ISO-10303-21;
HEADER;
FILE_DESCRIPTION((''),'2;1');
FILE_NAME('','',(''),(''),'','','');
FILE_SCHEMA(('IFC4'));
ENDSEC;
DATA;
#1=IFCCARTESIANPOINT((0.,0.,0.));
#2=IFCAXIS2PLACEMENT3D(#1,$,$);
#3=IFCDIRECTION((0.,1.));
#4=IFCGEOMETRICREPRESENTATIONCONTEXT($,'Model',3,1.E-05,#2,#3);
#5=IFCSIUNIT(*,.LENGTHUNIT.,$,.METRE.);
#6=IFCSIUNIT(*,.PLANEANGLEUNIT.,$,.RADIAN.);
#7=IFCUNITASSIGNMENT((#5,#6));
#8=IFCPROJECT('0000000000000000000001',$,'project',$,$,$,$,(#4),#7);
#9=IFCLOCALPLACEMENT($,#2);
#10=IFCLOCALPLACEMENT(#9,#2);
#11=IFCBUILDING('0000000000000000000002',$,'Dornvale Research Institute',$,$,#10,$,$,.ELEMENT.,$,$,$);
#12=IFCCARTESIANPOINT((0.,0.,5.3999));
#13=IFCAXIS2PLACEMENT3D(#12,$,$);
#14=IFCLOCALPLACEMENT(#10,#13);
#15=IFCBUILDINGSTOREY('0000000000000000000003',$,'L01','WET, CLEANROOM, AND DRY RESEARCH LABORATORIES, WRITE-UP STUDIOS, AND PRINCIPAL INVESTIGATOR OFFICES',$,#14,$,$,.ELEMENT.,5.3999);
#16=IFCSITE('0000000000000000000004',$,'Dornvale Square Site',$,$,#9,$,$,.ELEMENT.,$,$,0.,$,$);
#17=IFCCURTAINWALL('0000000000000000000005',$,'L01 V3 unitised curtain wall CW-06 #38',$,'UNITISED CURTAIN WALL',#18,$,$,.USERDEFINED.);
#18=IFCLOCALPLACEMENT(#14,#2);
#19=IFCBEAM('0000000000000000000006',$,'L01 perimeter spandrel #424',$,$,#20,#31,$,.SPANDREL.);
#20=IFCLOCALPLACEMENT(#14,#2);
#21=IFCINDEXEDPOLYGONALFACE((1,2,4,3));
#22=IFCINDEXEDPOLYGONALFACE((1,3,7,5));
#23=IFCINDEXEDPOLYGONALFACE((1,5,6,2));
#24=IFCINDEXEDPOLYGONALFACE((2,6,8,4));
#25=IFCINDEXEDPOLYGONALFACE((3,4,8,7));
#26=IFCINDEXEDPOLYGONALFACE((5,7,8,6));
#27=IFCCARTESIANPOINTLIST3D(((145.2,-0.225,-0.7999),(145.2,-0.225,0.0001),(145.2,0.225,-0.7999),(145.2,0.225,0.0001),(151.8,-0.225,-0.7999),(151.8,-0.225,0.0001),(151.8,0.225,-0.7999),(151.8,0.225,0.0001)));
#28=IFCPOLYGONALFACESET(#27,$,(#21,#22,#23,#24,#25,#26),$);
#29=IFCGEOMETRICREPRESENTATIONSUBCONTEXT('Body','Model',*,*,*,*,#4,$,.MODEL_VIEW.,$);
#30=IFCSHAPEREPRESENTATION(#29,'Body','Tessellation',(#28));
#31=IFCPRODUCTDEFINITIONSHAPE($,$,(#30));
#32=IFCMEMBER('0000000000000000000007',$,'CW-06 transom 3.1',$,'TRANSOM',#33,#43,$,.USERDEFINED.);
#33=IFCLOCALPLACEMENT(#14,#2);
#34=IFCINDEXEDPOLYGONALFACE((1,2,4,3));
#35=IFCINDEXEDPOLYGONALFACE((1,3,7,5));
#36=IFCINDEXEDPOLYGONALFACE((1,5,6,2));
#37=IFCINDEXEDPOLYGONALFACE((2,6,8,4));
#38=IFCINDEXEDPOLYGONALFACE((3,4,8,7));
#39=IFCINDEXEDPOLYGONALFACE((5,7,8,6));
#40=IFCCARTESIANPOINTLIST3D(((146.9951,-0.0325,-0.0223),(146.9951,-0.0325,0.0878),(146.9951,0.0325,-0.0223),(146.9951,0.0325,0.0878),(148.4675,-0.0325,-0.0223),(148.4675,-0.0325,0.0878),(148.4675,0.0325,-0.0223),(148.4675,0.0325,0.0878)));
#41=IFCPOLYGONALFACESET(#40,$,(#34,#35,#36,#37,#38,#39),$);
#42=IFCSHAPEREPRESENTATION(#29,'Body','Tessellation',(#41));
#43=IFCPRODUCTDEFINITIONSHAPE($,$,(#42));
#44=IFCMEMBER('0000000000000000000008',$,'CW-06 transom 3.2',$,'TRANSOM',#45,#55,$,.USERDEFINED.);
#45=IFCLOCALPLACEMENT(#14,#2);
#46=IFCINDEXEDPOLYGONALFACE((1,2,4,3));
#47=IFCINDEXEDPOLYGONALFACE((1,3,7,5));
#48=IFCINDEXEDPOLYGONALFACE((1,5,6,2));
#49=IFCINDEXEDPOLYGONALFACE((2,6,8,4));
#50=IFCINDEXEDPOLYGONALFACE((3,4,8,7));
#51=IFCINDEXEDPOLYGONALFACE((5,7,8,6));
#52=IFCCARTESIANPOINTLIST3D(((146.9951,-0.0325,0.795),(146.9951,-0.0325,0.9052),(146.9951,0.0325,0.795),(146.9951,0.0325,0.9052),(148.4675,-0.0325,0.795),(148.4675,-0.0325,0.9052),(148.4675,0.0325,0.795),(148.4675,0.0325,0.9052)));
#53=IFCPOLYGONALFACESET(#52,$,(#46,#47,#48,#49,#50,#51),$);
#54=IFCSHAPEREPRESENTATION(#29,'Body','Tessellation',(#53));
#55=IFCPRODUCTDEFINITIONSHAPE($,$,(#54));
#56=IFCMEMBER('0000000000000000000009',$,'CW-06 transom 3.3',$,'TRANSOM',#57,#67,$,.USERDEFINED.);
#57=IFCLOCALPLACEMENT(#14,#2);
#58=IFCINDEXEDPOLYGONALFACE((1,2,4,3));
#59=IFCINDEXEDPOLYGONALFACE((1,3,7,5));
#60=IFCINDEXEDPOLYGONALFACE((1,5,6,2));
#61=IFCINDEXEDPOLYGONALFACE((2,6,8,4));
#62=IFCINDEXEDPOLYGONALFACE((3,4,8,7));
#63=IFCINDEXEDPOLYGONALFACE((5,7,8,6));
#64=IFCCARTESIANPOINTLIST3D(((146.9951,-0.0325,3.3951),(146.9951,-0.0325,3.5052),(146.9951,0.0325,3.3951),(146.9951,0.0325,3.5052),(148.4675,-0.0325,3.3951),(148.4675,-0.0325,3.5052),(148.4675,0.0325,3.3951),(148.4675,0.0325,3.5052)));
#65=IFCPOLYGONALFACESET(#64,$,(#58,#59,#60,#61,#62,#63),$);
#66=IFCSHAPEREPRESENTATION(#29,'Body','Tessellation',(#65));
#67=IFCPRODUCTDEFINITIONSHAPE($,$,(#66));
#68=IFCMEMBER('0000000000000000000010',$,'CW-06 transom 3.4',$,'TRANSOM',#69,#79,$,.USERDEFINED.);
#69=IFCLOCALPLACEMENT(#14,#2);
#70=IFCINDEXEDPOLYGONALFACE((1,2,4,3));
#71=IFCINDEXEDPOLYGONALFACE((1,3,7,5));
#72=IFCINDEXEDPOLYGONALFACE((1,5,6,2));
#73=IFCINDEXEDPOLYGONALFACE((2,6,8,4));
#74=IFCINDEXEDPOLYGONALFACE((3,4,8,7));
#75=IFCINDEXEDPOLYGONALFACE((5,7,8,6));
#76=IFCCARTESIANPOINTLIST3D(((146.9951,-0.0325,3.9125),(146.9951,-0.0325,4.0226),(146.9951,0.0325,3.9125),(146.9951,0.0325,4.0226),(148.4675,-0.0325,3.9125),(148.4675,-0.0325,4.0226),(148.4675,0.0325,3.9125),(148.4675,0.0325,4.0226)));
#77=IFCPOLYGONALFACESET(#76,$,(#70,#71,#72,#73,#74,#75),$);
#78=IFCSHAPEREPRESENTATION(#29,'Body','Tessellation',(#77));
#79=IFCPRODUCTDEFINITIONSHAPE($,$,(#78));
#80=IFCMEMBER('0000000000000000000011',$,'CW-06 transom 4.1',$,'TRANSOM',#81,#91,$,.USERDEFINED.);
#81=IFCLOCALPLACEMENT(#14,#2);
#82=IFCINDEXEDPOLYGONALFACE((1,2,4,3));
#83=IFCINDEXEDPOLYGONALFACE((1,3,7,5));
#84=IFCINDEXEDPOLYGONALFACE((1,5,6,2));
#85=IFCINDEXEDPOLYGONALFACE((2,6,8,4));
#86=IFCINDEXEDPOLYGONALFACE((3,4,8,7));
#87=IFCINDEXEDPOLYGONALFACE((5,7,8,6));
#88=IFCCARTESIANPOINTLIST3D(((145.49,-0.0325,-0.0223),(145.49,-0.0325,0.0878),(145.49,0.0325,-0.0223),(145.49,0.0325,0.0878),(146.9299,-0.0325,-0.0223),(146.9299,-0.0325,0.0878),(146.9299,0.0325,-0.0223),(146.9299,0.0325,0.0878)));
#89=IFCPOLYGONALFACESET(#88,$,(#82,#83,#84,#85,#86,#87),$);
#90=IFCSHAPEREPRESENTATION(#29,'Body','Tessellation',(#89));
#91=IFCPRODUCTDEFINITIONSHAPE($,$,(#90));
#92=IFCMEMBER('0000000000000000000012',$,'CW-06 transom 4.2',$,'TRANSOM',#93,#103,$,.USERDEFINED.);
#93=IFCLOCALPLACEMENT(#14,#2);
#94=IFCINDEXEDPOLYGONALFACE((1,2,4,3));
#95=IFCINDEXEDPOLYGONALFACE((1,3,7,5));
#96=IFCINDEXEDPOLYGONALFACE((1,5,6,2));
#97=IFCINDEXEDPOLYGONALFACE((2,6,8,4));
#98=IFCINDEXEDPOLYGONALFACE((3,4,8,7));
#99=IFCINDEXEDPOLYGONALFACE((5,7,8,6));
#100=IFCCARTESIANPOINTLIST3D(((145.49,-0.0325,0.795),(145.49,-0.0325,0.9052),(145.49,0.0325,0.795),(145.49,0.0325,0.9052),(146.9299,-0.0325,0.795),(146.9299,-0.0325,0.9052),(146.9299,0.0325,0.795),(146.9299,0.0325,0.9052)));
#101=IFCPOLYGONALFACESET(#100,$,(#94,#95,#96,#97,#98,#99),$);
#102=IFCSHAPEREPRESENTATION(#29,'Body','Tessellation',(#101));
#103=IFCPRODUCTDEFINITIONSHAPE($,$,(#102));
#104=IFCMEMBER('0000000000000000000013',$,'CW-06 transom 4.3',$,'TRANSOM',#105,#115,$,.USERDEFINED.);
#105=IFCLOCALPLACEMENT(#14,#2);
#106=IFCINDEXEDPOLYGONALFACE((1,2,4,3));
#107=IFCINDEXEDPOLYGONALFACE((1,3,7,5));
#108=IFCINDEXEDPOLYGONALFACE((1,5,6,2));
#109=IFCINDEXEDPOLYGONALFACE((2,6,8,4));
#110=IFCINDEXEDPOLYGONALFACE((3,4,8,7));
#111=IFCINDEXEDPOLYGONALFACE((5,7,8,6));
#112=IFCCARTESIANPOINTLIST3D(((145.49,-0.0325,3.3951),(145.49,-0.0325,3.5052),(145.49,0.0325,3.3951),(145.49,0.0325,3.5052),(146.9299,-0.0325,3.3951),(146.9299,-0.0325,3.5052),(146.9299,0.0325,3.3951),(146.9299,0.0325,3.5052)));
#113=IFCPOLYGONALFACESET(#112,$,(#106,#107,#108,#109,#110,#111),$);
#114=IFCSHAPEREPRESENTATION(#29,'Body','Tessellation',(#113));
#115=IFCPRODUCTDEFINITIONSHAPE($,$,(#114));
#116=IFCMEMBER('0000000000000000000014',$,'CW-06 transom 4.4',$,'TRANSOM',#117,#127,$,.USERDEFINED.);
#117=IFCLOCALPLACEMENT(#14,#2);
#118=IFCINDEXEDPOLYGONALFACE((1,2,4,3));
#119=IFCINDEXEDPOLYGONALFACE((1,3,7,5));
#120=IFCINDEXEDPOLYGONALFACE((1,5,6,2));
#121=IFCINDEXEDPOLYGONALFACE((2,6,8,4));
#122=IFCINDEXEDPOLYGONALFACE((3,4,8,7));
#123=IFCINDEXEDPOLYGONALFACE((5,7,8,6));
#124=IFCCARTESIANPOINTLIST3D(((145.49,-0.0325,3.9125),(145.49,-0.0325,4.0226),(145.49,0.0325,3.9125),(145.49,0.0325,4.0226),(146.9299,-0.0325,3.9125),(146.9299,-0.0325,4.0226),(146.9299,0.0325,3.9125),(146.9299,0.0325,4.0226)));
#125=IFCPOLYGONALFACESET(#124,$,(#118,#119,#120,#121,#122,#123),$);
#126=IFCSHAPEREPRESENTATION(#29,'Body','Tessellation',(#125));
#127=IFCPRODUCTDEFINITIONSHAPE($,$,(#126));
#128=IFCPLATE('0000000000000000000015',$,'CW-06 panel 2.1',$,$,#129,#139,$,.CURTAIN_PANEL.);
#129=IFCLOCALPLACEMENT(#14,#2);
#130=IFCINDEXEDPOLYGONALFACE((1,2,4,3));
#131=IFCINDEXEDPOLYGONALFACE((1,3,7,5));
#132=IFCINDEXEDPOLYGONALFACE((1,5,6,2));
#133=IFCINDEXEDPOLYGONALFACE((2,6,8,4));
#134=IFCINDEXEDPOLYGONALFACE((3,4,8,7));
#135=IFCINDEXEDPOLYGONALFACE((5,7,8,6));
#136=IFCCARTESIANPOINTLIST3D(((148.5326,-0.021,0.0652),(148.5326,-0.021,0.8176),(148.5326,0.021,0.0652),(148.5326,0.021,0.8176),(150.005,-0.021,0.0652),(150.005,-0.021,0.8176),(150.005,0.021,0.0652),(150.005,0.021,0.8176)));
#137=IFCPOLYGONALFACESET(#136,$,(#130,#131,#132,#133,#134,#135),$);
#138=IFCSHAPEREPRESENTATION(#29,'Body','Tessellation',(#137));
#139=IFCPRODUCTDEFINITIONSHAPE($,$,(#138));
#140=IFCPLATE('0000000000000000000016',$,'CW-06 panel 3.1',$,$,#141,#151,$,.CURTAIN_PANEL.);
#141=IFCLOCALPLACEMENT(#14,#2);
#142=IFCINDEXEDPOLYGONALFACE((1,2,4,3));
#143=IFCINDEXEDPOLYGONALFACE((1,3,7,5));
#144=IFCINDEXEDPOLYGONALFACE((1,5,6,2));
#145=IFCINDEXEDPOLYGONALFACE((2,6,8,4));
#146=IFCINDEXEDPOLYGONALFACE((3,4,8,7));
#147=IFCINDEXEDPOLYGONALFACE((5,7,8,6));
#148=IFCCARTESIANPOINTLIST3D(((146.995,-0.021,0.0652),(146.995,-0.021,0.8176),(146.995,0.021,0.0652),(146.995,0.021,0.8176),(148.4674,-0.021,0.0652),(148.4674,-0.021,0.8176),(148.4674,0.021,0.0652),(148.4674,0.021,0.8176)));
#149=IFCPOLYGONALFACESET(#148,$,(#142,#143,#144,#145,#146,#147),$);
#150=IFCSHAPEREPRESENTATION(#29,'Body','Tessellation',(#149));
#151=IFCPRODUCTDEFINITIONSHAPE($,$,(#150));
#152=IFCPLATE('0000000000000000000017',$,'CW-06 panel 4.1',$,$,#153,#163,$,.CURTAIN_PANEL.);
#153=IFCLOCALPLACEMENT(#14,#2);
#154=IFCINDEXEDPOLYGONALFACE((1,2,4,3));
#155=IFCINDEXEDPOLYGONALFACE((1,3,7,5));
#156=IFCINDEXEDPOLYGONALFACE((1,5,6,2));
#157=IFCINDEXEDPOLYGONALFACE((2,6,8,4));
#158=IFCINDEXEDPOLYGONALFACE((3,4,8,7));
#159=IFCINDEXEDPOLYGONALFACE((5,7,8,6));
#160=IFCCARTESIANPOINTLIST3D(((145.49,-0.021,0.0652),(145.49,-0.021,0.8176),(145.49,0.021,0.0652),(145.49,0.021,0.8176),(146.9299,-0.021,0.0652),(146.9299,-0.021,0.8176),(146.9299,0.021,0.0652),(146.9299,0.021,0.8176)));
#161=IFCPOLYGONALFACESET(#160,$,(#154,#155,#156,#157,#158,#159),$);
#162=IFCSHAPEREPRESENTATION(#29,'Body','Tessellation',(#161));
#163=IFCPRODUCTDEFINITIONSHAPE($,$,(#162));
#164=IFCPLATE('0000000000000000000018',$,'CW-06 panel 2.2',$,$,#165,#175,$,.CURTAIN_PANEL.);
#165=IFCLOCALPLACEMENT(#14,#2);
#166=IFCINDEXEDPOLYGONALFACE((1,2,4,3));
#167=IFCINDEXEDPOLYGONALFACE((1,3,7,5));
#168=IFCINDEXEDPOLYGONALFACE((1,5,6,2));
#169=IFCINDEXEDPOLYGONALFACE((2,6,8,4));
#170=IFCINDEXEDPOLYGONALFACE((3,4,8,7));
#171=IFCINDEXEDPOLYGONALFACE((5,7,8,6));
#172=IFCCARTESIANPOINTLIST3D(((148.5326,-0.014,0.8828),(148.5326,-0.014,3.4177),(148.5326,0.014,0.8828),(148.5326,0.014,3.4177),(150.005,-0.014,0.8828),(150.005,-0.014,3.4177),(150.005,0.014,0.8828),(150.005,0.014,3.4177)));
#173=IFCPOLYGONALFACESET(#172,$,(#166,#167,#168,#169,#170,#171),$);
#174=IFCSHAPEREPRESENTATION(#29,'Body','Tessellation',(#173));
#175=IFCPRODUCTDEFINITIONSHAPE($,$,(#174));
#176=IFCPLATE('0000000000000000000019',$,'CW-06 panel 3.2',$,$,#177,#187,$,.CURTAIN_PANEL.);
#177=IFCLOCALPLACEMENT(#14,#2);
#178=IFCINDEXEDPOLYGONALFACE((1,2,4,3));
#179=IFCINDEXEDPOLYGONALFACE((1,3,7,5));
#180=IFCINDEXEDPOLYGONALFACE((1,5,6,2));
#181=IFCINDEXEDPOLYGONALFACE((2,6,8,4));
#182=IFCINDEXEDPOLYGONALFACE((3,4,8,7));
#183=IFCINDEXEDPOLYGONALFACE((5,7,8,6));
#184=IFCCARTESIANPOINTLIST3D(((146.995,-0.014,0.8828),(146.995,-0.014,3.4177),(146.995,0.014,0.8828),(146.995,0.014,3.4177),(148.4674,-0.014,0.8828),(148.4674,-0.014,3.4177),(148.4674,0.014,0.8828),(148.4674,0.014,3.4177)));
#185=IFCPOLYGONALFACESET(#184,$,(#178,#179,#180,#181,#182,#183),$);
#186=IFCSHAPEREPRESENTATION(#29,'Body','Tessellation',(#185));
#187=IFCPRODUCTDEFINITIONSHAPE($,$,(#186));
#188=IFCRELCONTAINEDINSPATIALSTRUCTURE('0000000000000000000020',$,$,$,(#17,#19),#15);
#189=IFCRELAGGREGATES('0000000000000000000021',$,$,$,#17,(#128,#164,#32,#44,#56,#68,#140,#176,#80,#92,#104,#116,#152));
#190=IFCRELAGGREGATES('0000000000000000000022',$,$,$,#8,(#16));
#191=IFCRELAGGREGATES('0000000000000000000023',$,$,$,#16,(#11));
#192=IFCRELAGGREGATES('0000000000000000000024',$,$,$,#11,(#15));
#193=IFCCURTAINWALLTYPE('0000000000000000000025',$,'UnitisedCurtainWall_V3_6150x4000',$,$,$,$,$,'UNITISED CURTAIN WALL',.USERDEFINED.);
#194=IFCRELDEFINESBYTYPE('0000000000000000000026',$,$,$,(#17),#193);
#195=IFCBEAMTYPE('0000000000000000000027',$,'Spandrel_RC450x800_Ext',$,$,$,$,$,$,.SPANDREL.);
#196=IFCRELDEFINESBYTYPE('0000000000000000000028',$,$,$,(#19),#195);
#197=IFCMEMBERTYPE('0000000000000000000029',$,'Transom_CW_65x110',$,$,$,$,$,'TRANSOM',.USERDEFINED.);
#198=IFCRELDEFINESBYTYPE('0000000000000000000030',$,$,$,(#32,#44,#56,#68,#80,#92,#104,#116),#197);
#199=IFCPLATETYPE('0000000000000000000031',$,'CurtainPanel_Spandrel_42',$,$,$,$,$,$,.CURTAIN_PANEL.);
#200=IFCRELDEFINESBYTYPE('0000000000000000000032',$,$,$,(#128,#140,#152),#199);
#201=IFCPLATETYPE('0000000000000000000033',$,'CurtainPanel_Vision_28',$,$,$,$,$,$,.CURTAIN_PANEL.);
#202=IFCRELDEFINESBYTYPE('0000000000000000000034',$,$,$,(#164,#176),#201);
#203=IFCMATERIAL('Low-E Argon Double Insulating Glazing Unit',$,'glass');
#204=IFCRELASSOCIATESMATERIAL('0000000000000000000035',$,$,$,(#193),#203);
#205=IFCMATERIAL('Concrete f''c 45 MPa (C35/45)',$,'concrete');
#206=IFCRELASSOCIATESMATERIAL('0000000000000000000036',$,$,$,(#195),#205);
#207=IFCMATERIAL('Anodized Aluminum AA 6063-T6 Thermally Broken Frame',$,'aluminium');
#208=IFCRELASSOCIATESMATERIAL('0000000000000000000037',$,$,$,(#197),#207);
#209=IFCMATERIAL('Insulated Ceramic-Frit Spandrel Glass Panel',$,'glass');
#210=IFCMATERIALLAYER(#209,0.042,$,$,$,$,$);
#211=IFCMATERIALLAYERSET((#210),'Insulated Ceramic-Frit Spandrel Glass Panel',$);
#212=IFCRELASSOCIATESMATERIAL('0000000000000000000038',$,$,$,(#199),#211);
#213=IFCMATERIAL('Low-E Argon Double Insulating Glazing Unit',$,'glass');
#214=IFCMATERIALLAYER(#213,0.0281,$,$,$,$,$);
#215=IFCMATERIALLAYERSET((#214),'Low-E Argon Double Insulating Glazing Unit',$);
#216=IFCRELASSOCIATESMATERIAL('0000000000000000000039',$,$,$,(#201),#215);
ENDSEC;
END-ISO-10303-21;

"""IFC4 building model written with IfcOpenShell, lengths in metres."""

from ifc_helpers import new_model, si_unit, direction, frame, origin, origin_2d, place, context, subcontext, project, spatial, rectangle, extrude, material, layer, layer_set, material_profile, profile_set, type_object, element, aggregate, save


model = new_model("IFC4")

# Units and contexts
model_context = context("Model", 3, precision=1e-05, world=origin(), true_north=direction((0.0, 1.0)))
body_context = subcontext(model_context, "Body", "Model", "MODEL_VIEW")
ifc_project = project(units=[si_unit("LENGTHUNIT", "METRE"), si_unit("PLANEANGLEUNIT", "RADIAN")], contexts=[model_context])

# Site, building, storey
site_placement = place(None, origin())
site = spatial("IfcSite", under=ifc_project, at=site_placement, Name="Dornvale Square Site", CompositionType="ELEMENT", RefElevation=0.0)
building_placement = place(site_placement, origin())
building = spatial("IfcBuilding", under=site, at=building_placement, Name="Dornvale Research Institute", CompositionType="ELEMENT")
storey_placement = place(building_placement, frame((0.0, 0.0, 5.3999)))
storey = spatial("IfcBuildingStorey", under=building, at=storey_placement, Name="L01", Description="WET, CLEANROOM, AND DRY RESEARCH LABORATORIES, WRITE-UP STUDIOS, AND PRINCIPAL INVESTIGATOR OFFICES", CompositionType="ELEMENT", Elevation=5.3999)

# Curtain wall
ifc_material_1 = material(Name="Low-E Argon Double Insulating Glazing Unit", Category="glass")
curtain_wall_type = type_object("IfcCurtainWallType", Name="UnitisedCurtainWall_V3_6150x4000", ElementType="UNITISED CURTAIN WALL", PredefinedType="USERDEFINED", material=ifc_material_1)
curtain_wall_placement = place(storey_placement, origin())
curtain_wall = element("IfcCurtainWall", 1, at=curtain_wall_placement, inside=storey, type_object=curtain_wall_type, Name="L01 V3 unitised curtain wall CW-06 #38", ObjectType="UNITISED CURTAIN WALL", PredefinedType="USERDEFINED")

# Beam
ifc_material_2 = material(Name="Concrete f'c 45 MPa (C35/45)", Category="concrete")
ifc_material_profile_1 = material_profile(ifc_material_2, rectangle(XDim=0.45, YDim=0.8, at=origin_2d()), Name="RC 450x800")
ifc_profile_set_1 = profile_set([ifc_material_profile_1], Name="Concrete f'c 45 MPa (C35/45)")
beam_type_1 = type_object("IfcBeamType", Name="Spandrel_RC450x800_Ext", PredefinedType="SPANDREL", material=ifc_profile_set_1)
beam_1_placement = place(storey_placement, frame((145.2, 0.0, -0.3999), z_axis=(1.0, 0.0, 0.0), x_axis=(0.0, 1.0, 0.0)))
element("IfcBeam", 2, at=beam_1_placement, inside=storey, type_object=beam_type_1, Name="L01 perimeter spandrel #424", PredefinedType="SPANDREL", context=body_context, shape_type="SweptSolid", body=[
    extrude(rectangle(XDim=0.45, YDim=0.8, at=origin_2d()), origin(), (0.0, 0.0, 1.0), 6.6001),
])

# Members
ifc_material_3 = material(Name="Anodized Aluminum AA 6063-T6 Thermally Broken Frame", Category="aluminium")
ifc_material_profile_2 = material_profile(ifc_material_3, rectangle(XDim=0.0649, YDim=0.1101, at=origin_2d()), Name="ALU TRANSOM 65x110")
ifc_profile_set_2 = profile_set([ifc_material_profile_2], Name="Anodized Aluminum AA 6063-T6 Thermally Broken Frame")
member_type_1 = type_object("IfcMemberType", Name="Transom_CW_65x110", ElementType="TRANSOM", PredefinedType="USERDEFINED", material=ifc_profile_set_2)
member_1_placement = place(storey_placement, frame((148.4675, 0.0, 0.0327), z_axis=(-1.0, 0.0, 0.0), x_axis=(0.0, -1.0, 0.0)))
member_1 = element("IfcMember", 3, at=member_1_placement, type_object=member_type_1, Name="CW-06 transom 3.1", ObjectType="TRANSOM", PredefinedType="USERDEFINED", context=body_context, shape_type="SweptSolid", body=[
    extrude(rectangle(XDim=0.0649, YDim=0.1101, at=origin_2d()), origin(), (0.0, 0.0, 1.0), 1.4724),
])
member_2_placement = place(storey_placement, frame((148.4675, 0.0, 0.8501), z_axis=(-1.0, 0.0, 0.0), x_axis=(0.0, -1.0, 0.0)))
member_2 = element("IfcMember", 4, at=member_2_placement, type_object=member_type_1, Name="CW-06 transom 3.2", ObjectType="TRANSOM", PredefinedType="USERDEFINED", context=body_context, shape_type="SweptSolid", body=[
    extrude(rectangle(XDim=0.0649, YDim=0.1101, at=origin_2d()), origin(), (0.0, 0.0, 1.0), 1.4724),
])
member_3_placement = place(storey_placement, frame((148.4675, 0.0, 3.4502), z_axis=(-1.0, 0.0, 0.0), x_axis=(0.0, -1.0, 0.0)))
member_3 = element("IfcMember", 5, at=member_3_placement, type_object=member_type_1, Name="CW-06 transom 3.3", ObjectType="TRANSOM", PredefinedType="USERDEFINED", context=body_context, shape_type="SweptSolid", body=[
    extrude(rectangle(XDim=0.0649, YDim=0.1101, at=origin_2d()), origin(), (0.0, 0.0, 1.0), 1.4724),
])
member_4_placement = place(storey_placement, frame((148.4675, 0.0, 3.9675), z_axis=(-1.0, 0.0, 0.0), x_axis=(0.0, -1.0, 0.0)))
member_4 = element("IfcMember", 6, at=member_4_placement, type_object=member_type_1, Name="CW-06 transom 3.4", ObjectType="TRANSOM", PredefinedType="USERDEFINED", context=body_context, shape_type="SweptSolid", body=[
    extrude(rectangle(XDim=0.0649, YDim=0.1101, at=origin_2d()), origin(), (0.0, 0.0, 1.0), 1.4724),
])
member_5_placement = place(storey_placement, frame((146.9299, 0.0, 0.0327), z_axis=(-1.0, 0.0, 0.0), x_axis=(0.0, -1.0, 0.0)))
member_5 = element("IfcMember", 7, at=member_5_placement, type_object=member_type_1, Name="CW-06 transom 4.1", ObjectType="TRANSOM", PredefinedType="USERDEFINED", context=body_context, shape_type="SweptSolid", body=[
    extrude(rectangle(XDim=0.0649, YDim=0.1101, at=origin_2d()), origin(), (0.0, 0.0, 1.0), 1.4399),
])
member_6_placement = place(storey_placement, frame((146.9299, 0.0, 0.8501), z_axis=(-1.0, 0.0, 0.0), x_axis=(0.0, -1.0, 0.0)))
member_6 = element("IfcMember", 8, at=member_6_placement, type_object=member_type_1, Name="CW-06 transom 4.2", ObjectType="TRANSOM", PredefinedType="USERDEFINED", context=body_context, shape_type="SweptSolid", body=[
    extrude(rectangle(XDim=0.0649, YDim=0.1101, at=origin_2d()), origin(), (0.0, 0.0, 1.0), 1.4399),
])
member_7_placement = place(storey_placement, frame((146.9299, 0.0, 3.4502), z_axis=(-1.0, 0.0, 0.0), x_axis=(0.0, -1.0, 0.0)))
member_7 = element("IfcMember", 9, at=member_7_placement, type_object=member_type_1, Name="CW-06 transom 4.3", ObjectType="TRANSOM", PredefinedType="USERDEFINED", context=body_context, shape_type="SweptSolid", body=[
    extrude(rectangle(XDim=0.0649, YDim=0.1101, at=origin_2d()), origin(), (0.0, 0.0, 1.0), 1.4399),
])
member_8_placement = place(storey_placement, frame((146.9299, 0.0, 3.9675), z_axis=(-1.0, 0.0, 0.0), x_axis=(0.0, -1.0, 0.0)))
member_8 = element("IfcMember", 10, at=member_8_placement, type_object=member_type_1, Name="CW-06 transom 4.4", ObjectType="TRANSOM", PredefinedType="USERDEFINED", context=body_context, shape_type="SweptSolid", body=[
    extrude(rectangle(XDim=0.0649, YDim=0.1101, at=origin_2d()), origin(), (0.0, 0.0, 1.0), 1.4399),
])

# Plates
ifc_material_4 = material(Name="Insulated Ceramic-Frit Spandrel Glass Panel", Category="glass")
ifc_layer_1 = layer(ifc_material_4, 0.042)
ifc_layer_set_1 = layer_set([ifc_layer_1], Name="Insulated Ceramic-Frit Spandrel Glass Panel")
plate_type_1 = type_object("IfcPlateType", Name="CurtainPanel_Spandrel_42", PredefinedType="CURTAIN_PANEL", material=ifc_layer_set_1)
plate_1_placement = place(storey_placement, frame((149.2688, 0.0, 0.0652), z_axis=(0.0, 0.0, 1.0), x_axis=(-1.0, 0.0, 0.0)))
plate_1 = element("IfcPlate", 11, at=plate_1_placement, type_object=plate_type_1, Name="CW-06 panel 2.1", PredefinedType="CURTAIN_PANEL", context=body_context, shape_type="SweptSolid", body=[
    extrude(rectangle(XDim=1.4724, YDim=0.042, at=origin_2d()), origin(), (0.0, 0.0, 1.0), 0.7524),
])
plate_2_placement = place(storey_placement, frame((147.7312, 0.0, 0.0652), z_axis=(0.0, 0.0, 1.0), x_axis=(-1.0, 0.0, 0.0)))
plate_2 = element("IfcPlate", 12, at=plate_2_placement, type_object=plate_type_1, Name="CW-06 panel 3.1", PredefinedType="CURTAIN_PANEL", context=body_context, shape_type="SweptSolid", body=[
    extrude(rectangle(XDim=1.4724, YDim=0.042, at=origin_2d()), origin(), (0.0, 0.0, 1.0), 0.7524),
])
plate_3_placement = place(storey_placement, frame((146.21, 0.0, 0.0652), z_axis=(0.0, 0.0, 1.0), x_axis=(-1.0, 0.0, 0.0)))
plate_3 = element("IfcPlate", 13, at=plate_3_placement, type_object=plate_type_1, Name="CW-06 panel 4.1", PredefinedType="CURTAIN_PANEL", context=body_context, shape_type="SweptSolid", body=[
    extrude(rectangle(XDim=1.4399, YDim=0.042, at=origin_2d()), origin(), (0.0, 0.0, 1.0), 0.7524),
])
ifc_material_5 = material(Name="Low-E Argon Double Insulating Glazing Unit", Category="glass")
ifc_layer_2 = layer(ifc_material_5, 0.0281)
ifc_layer_set_2 = layer_set([ifc_layer_2], Name="Low-E Argon Double Insulating Glazing Unit")
plate_type_2 = type_object("IfcPlateType", Name="CurtainPanel_Vision_28", PredefinedType="CURTAIN_PANEL", material=ifc_layer_set_2)
plate_4_placement = place(storey_placement, frame((149.2688, 0.0, 0.8828), z_axis=(0.0, 0.0, 1.0), x_axis=(-1.0, 0.0, 0.0)))
plate_4 = element("IfcPlate", 14, at=plate_4_placement, type_object=plate_type_2, Name="CW-06 panel 2.2", PredefinedType="CURTAIN_PANEL", context=body_context, shape_type="SweptSolid", body=[
    extrude(rectangle(XDim=1.4724, YDim=0.0281, at=origin_2d()), origin(), (0.0, 0.0, 1.0), 2.5349),
])
plate_5_placement = place(storey_placement, frame((147.7312, 0.0, 0.8828), z_axis=(0.0, 0.0, 1.0), x_axis=(-1.0, 0.0, 0.0)))
plate_5 = element("IfcPlate", 15, at=plate_5_placement, type_object=plate_type_2, Name="CW-06 panel 3.2", PredefinedType="CURTAIN_PANEL", context=body_context, shape_type="SweptSolid", body=[
    extrude(rectangle(XDim=1.4724, YDim=0.0281, at=origin_2d()), origin(), (0.0, 0.0, 1.0), 2.5349),
])
aggregate(curtain_wall, [plate_1, plate_4, member_1, member_2, member_3, member_4, plate_2, plate_5, member_5, member_6, member_7, member_8, plate_3])

save(model, "model.ifc")
